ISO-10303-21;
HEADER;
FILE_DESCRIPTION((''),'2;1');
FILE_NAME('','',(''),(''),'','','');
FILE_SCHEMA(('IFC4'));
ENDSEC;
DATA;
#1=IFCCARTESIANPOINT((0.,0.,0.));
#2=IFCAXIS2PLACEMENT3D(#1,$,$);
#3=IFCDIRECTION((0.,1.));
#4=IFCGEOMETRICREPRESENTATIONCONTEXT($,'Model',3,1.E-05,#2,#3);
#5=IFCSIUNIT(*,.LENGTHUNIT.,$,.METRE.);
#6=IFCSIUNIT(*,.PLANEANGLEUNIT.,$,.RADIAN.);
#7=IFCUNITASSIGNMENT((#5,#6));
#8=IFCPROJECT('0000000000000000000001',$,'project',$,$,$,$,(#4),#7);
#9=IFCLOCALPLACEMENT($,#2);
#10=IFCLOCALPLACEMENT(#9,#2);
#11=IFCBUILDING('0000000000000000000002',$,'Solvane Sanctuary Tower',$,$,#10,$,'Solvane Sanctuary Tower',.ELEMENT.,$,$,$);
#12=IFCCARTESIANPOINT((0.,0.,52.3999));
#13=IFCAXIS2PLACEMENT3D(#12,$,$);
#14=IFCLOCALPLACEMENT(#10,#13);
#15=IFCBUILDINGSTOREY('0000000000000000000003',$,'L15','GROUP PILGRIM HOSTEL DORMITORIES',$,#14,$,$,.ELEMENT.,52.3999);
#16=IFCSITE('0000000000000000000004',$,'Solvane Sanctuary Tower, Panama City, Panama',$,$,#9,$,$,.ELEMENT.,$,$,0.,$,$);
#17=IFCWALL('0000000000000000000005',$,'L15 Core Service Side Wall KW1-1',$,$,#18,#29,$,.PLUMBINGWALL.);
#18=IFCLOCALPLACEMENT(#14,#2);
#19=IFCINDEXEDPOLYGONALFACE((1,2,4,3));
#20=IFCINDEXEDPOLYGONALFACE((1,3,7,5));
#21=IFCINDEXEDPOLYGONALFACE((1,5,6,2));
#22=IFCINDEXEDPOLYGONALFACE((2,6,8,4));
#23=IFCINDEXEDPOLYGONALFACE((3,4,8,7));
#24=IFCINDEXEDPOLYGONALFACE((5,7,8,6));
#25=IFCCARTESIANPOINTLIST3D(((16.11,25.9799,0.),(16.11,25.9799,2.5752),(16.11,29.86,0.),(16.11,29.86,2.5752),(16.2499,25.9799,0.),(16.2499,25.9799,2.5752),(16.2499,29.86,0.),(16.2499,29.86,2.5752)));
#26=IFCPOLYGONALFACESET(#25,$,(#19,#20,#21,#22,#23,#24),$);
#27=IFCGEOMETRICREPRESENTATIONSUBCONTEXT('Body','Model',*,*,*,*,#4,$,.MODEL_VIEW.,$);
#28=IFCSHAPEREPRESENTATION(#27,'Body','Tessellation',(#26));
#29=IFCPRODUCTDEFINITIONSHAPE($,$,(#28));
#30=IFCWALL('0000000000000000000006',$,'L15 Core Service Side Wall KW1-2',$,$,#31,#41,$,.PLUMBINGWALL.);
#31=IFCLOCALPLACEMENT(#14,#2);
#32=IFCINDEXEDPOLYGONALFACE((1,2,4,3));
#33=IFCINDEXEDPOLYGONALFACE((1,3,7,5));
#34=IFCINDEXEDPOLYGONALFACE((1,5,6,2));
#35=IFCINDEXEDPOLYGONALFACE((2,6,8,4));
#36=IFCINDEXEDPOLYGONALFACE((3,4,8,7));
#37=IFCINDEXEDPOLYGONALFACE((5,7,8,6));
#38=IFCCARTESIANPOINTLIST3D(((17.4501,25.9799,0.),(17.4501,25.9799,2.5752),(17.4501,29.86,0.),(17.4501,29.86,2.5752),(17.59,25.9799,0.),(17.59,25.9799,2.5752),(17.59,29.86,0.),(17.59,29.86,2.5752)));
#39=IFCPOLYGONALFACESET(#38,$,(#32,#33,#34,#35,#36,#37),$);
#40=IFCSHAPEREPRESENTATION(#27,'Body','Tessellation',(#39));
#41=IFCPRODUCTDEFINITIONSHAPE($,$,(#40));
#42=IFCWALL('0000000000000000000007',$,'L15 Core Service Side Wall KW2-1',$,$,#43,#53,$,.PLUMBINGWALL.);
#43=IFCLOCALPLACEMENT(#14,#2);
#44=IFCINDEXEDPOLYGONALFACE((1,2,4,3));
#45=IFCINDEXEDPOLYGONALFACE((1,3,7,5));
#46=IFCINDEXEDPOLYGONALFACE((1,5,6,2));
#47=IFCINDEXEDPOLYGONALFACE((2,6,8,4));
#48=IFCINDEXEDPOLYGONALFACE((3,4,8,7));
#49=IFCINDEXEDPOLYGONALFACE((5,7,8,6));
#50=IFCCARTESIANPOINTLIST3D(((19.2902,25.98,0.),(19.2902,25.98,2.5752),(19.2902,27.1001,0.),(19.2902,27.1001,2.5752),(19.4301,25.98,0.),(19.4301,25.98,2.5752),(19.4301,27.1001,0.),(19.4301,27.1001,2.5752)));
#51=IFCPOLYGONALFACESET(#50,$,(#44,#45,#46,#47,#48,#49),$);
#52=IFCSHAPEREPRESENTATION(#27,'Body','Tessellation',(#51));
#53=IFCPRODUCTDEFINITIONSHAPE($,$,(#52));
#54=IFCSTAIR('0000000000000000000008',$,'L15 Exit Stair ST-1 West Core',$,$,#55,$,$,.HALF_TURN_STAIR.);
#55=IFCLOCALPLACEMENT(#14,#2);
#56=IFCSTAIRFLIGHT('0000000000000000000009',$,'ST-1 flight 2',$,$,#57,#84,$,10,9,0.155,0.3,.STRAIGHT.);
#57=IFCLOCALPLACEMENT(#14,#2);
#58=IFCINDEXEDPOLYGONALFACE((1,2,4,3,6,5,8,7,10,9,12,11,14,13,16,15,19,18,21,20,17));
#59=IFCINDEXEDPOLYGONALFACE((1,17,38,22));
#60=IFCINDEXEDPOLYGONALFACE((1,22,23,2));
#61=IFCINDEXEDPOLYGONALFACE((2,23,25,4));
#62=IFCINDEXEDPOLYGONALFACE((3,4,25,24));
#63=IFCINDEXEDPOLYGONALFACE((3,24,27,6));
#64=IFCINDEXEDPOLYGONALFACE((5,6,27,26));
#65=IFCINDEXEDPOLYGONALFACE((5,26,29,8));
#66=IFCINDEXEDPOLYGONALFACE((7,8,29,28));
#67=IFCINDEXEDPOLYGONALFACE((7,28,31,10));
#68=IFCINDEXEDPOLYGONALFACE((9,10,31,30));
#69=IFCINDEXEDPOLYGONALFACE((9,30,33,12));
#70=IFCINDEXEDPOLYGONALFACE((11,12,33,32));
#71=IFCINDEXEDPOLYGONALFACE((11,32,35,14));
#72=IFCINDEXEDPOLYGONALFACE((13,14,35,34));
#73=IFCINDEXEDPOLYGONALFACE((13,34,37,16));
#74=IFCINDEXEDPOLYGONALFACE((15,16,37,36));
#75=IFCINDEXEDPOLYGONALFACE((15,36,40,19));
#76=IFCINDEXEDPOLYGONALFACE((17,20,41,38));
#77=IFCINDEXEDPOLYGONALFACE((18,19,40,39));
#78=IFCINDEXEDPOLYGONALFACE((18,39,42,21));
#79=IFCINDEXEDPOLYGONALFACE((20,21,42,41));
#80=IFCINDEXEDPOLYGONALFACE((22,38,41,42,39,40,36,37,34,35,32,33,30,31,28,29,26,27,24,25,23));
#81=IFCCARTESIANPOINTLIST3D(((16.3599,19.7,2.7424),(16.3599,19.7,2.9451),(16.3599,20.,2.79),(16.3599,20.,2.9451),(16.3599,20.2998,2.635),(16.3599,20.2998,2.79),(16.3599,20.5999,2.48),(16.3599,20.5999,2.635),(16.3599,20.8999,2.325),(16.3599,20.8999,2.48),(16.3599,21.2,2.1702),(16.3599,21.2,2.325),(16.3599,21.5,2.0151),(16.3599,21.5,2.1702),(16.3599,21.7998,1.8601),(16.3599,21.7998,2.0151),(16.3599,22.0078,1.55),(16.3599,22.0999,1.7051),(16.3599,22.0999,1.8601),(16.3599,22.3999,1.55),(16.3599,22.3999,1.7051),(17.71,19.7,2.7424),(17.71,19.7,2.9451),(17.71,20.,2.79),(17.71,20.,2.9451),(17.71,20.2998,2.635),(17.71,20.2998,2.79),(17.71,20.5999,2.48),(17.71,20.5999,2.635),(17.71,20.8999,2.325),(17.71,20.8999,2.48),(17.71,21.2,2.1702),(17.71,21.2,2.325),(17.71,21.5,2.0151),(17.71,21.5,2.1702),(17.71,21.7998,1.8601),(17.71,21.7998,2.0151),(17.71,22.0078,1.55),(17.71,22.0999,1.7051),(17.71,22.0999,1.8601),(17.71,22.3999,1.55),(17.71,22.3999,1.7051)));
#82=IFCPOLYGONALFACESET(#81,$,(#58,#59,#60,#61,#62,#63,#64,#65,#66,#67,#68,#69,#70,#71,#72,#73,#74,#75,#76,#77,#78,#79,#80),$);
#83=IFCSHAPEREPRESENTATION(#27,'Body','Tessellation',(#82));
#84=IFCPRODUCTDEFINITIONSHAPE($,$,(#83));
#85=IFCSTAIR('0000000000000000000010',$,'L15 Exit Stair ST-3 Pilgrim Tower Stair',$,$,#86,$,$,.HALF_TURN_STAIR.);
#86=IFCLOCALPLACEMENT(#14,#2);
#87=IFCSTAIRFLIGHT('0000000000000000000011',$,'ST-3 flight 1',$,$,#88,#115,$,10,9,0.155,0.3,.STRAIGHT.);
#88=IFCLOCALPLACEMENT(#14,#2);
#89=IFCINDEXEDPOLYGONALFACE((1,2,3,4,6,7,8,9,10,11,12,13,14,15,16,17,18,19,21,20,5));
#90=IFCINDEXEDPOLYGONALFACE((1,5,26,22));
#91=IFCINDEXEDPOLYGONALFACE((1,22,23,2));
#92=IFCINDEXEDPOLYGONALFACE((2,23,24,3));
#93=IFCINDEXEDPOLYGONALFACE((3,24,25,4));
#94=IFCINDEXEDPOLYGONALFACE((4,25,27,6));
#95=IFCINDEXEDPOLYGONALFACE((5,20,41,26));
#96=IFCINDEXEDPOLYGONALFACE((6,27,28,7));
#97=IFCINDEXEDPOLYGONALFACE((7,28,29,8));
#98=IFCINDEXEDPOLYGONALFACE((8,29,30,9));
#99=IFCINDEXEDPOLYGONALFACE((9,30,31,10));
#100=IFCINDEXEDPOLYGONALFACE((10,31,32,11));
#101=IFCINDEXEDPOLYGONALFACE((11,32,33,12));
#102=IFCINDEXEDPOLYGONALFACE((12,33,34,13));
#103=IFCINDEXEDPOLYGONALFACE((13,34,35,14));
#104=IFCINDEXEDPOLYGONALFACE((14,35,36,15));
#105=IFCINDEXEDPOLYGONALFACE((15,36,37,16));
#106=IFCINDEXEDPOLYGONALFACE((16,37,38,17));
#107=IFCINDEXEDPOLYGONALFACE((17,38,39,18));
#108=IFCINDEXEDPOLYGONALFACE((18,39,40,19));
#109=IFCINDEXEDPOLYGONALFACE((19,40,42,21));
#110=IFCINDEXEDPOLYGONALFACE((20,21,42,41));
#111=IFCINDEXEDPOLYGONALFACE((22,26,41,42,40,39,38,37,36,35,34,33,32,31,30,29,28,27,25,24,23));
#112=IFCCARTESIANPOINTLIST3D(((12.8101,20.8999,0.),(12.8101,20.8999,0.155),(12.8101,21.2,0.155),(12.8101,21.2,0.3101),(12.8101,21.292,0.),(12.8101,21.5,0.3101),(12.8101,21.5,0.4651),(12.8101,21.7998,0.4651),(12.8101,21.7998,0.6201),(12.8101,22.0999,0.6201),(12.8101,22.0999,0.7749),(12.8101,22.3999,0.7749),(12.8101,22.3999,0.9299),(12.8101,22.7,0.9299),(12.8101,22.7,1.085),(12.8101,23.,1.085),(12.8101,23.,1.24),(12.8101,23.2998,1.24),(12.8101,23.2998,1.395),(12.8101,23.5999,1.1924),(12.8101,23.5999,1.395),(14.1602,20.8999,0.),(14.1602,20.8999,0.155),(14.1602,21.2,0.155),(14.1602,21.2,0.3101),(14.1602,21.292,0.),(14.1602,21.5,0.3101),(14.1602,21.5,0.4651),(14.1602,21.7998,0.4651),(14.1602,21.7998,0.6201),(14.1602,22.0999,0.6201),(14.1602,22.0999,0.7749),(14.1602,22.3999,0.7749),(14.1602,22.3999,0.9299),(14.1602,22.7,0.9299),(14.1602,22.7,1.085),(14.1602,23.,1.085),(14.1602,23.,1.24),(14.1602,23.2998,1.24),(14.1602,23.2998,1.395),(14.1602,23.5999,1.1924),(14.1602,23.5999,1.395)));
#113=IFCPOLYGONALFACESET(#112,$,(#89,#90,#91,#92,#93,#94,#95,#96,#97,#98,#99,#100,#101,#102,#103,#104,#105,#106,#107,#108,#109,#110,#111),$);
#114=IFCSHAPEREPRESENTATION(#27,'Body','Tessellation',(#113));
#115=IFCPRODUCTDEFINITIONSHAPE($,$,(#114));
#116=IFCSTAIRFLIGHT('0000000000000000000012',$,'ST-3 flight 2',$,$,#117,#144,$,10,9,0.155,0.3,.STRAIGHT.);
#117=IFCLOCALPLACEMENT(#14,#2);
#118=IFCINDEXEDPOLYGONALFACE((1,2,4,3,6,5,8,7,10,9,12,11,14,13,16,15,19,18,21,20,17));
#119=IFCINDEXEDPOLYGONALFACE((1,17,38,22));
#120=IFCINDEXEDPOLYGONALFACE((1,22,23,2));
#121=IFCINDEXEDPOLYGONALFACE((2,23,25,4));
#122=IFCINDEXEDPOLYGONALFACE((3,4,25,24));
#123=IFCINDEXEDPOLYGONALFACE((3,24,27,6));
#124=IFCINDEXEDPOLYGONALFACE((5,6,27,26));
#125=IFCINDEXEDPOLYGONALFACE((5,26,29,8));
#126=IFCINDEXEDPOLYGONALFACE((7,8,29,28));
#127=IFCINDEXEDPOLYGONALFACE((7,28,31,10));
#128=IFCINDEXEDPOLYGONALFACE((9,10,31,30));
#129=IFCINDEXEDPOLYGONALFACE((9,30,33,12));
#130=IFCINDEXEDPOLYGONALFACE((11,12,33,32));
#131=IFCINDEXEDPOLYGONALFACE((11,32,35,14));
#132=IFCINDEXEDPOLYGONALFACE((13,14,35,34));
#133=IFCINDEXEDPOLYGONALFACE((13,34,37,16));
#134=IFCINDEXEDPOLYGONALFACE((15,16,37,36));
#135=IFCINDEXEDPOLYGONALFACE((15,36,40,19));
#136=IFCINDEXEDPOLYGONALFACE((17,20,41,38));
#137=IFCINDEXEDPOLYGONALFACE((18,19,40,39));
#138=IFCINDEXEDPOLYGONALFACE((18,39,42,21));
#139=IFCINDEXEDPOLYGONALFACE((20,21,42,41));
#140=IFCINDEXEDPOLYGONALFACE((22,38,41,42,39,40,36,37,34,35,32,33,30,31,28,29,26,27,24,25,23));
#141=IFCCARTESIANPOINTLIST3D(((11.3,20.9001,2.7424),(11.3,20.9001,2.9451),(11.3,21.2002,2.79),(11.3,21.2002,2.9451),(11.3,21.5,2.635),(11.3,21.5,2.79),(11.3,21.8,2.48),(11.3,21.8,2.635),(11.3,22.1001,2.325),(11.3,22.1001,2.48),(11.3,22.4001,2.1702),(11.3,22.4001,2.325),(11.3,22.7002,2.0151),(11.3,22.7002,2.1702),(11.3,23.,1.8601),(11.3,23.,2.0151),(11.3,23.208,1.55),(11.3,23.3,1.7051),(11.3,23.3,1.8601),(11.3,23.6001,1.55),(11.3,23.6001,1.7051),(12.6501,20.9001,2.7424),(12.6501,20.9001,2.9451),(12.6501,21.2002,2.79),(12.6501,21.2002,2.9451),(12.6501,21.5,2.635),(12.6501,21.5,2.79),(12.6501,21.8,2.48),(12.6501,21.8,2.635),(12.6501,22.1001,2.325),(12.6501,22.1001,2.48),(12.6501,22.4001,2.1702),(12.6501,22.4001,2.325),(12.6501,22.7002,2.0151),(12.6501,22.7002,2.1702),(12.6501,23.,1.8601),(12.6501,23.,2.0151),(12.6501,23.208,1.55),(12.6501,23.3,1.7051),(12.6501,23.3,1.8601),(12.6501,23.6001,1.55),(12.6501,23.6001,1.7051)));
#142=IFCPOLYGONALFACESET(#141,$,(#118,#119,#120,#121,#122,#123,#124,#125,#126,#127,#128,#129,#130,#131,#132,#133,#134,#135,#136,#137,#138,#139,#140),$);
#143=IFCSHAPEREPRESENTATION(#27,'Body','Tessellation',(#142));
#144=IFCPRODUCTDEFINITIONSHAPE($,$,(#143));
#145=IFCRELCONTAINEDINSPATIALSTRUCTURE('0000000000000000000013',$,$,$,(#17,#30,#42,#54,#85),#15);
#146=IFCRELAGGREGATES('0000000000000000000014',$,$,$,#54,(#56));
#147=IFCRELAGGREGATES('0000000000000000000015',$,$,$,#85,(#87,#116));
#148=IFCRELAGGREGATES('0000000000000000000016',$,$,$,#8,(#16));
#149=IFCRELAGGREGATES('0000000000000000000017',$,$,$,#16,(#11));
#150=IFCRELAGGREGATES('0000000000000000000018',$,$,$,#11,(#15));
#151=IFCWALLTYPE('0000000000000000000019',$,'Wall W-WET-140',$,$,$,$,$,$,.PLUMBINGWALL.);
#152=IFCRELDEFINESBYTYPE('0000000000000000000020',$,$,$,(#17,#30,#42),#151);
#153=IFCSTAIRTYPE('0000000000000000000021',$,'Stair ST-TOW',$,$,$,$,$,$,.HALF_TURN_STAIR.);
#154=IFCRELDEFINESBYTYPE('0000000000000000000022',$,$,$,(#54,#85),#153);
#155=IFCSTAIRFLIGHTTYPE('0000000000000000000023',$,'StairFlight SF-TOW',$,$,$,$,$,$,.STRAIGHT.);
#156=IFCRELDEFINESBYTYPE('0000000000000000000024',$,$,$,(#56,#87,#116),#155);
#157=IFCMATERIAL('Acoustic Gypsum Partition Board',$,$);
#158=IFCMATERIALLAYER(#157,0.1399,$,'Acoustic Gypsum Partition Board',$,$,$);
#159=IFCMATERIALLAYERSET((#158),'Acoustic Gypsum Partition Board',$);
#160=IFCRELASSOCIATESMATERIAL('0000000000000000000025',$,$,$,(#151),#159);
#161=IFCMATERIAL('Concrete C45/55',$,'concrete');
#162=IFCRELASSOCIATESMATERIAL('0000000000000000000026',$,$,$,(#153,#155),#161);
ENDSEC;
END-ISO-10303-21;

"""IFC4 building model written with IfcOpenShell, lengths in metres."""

from ifc_helpers import new_model, si_unit, direction, frame, frame_2d, origin, place, context, subcontext, project, spatial, polyline, rectangle, outline, extrude, material, layer, layer_set, type_object, element, aggregate, save


model = new_model("IFC4")

# Units and contexts
model_context = context("Model", 3, precision=1e-05, world=origin(), true_north=direction((0.0, 1.0)))
body_context = subcontext(model_context, "Body", "Model", "MODEL_VIEW")
ifc_project = project(units=[si_unit("LENGTHUNIT", "METRE"), si_unit("PLANEANGLEUNIT", "RADIAN")], contexts=[model_context])

# Site, building, storey
site_placement = place(None, origin())
site = spatial("IfcSite", under=ifc_project, at=site_placement, Name="Solvane Sanctuary Tower, Panama City, Panama", CompositionType="ELEMENT", RefElevation=0.0)
building_placement = place(site_placement, origin())
building = spatial("IfcBuilding", under=site, at=building_placement, Name="Solvane Sanctuary Tower", LongName="Solvane Sanctuary Tower", CompositionType="ELEMENT")
storey_placement = place(building_placement, frame((0.0, 0.0, 52.3999)))
storey = spatial("IfcBuildingStorey", under=building, at=storey_placement, Name="L15", Description="GROUP PILGRIM HOSTEL DORMITORIES", CompositionType="ELEMENT", Elevation=52.3999)

# Shared definitions
ifc_material_1 = material(Name="Acoustic Gypsum Partition Board")

# Walls
ifc_layer_1 = layer(ifc_material_1, 0.1399, Name="Acoustic Gypsum Partition Board")
ifc_layer_set_1 = layer_set([ifc_layer_1], Name="Acoustic Gypsum Partition Board")
wall_type_1 = type_object("IfcWallType", Name="Wall W-WET-140", PredefinedType="PLUMBINGWALL", material=ifc_layer_set_1)
for number, where, z_axis, x_axis, name in (
    (1, (16.1799, 25.98, 0.0), (0.0, 0.0, 1.0), (0.0, 1.0, 0.0), "L15 Core Service Side Wall KW1-1"),
    (2, (17.52, 25.98, 0.0), (0.0, 0.0, 1.0), (0.0, 1.0, 0.0), "L15 Core Service Side Wall KW1-2"),
):
    element("IfcWall", number, at=place(storey_placement, frame(where, z_axis=z_axis, x_axis=x_axis)), inside=storey, type_object=wall_type_1, Name=name, PredefinedType="PLUMBINGWALL", context=body_context, shape_type="SweptSolid", body=[
        extrude(rectangle(XDim=3.8801, YDim=0.1399, at=frame_2d((1.9399, 0.0))), origin(), (0.0, 0.0, 1.0), 2.5752),
    ])
wall_1_placement = place(storey_placement, frame((19.3601, 25.98, 0.0), z_axis=(0.0, 0.0, 1.0), x_axis=(0.0, 1.0, 0.0)))
element("IfcWall", 3, at=wall_1_placement, inside=storey, type_object=wall_type_1, Name="L15 Core Service Side Wall KW2-1", PredefinedType="PLUMBINGWALL", context=body_context, shape_type="SweptSolid", body=[
    extrude(rectangle(XDim=1.1201, YDim=0.1399, at=frame_2d((0.5601, 0.0))), origin(), (0.0, 0.0, 1.0), 2.5752),
])

# Stair, stair flight
ifc_material_2 = material(Name="Concrete C45/55", Category="concrete")
stair_type = type_object("IfcStairType", Name="Stair ST-TOW", PredefinedType="HALF_TURN_STAIR", material=ifc_material_2)
stair_1_placement = place(storey_placement, origin())
stair_1 = element("IfcStair", 4, at=stair_1_placement, inside=storey, type_object=stair_type, Name="L15 Exit Stair ST-1 West Core", PredefinedType="HALF_TURN_STAIR")
stair_flight_type = type_object("IfcStairFlightType", Name="StairFlight SF-TOW", PredefinedType="STRAIGHT", material=ifc_material_2)
stair_flight_1_placement = place(storey_placement, frame((17.0349, 22.3999, 1.55), z_axis=(0.0, 0.0, 1.0), x_axis=(0.0, -1.0, 0.0)))
stair_flight_1 = element("IfcStairFlight", 5, at=stair_flight_1_placement, type_object=stair_flight_type, Name="ST-1 flight 2", NumberOfRisers=10, NumberOfTreads=9, PredefinedType="STRAIGHT", RiserHeight=0.155, TreadLength=0.3, context=body_context, shape_type="SweptSolid", body=[
    extrude(outline(polyline([(0.0, 0.0), (0.0, 0.155), (0.3, 0.155), (0.3, 0.3101), (0.6001, 0.3101), (0.6001, 0.4651), (0.8999, 0.4651), (0.8999, 0.6201), (1.2, 0.6201), (1.2, 0.7749), (1.5, 0.7749), (1.5, 0.9299), (1.8, 0.9299), (1.8, 1.085), (2.1001, 1.085), (2.1001, 1.24), (2.3999, 1.24), (2.3999, 1.395), (2.7, 1.395), (2.7, 1.55), (2.7, 1.1924), (0.3921, 0.0), (0.0, 0.0)])), frame((0.0, 0.675, 0.0), z_axis=(0.0, -1.0, 0.0), x_axis=(1.0, 0.0, 0.0)), (0.0, 0.0, 1.0), 1.3501),
])
aggregate(stair_1, [stair_flight_1])

# Stair, stair flights
stair_2_placement = place(storey_placement, origin())
stair_2 = element("IfcStair", 6, at=stair_2_placement, inside=storey, type_object=stair_type, Name="L15 Exit Stair ST-3 Pilgrim Tower Stair", PredefinedType="HALF_TURN_STAIR")
stair_flight_2_placement = place(storey_placement, frame((13.4851, 20.8999, 0.0), z_axis=(0.0, 0.0, 1.0), x_axis=(0.0, 1.0, 0.0)))
stair_flight_2 = element("IfcStairFlight", 7, at=stair_flight_2_placement, type_object=stair_flight_type, Name="ST-3 flight 1", NumberOfRisers=10, NumberOfTreads=9, PredefinedType="STRAIGHT", RiserHeight=0.155, TreadLength=0.3, context=body_context, shape_type="SweptSolid", body=[
    extrude(outline(polyline([(0.0, 0.0), (0.0, 0.155), (0.3, 0.155), (0.3, 0.3101), (0.6001, 0.3101), (0.6001, 0.4651), (0.8999, 0.4651), (0.8999, 0.6201), (1.2, 0.6201), (1.2, 0.7749), (1.5, 0.7749), (1.5, 0.9299), (1.8, 0.9299), (1.8, 1.085), (2.1001, 1.085), (2.1001, 1.24), (2.3999, 1.24), (2.3999, 1.395), (2.7, 1.395), (2.7, 1.55), (2.7, 1.1924), (0.3921, 0.0), (0.0, 0.0)])), frame((0.0, 0.675, 0.0), z_axis=(0.0, -1.0, 0.0), x_axis=(1.0, 0.0, 0.0)), (0.0, 0.0, 1.0), 1.3501),
])
stair_flight_3_placement = place(storey_placement, frame((11.9751, 23.6001, 1.55), z_axis=(0.0, 0.0, 1.0), x_axis=(0.0, -1.0, 0.0)))
stair_flight_3 = element("IfcStairFlight", 8, at=stair_flight_3_placement, type_object=stair_flight_type, Name="ST-3 flight 2", NumberOfRisers=10, NumberOfTreads=9, PredefinedType="STRAIGHT", RiserHeight=0.155, TreadLength=0.3, context=body_context, shape_type="SweptSolid", body=[
    extrude(outline(polyline([(0.0, 0.0), (0.0, 0.155), (0.3, 0.155), (0.3, 0.3101), (0.6001, 0.3101), (0.6001, 0.4651), (0.8999, 0.4651), (0.8999, 0.6201), (1.2, 0.6201), (1.2, 0.7749), (1.5, 0.7749), (1.5, 0.9299), (1.8, 0.9299), (1.8, 1.085), (2.1001, 1.085), (2.1001, 1.24), (2.3999, 1.24), (2.3999, 1.395), (2.7, 1.395), (2.7, 1.55), (2.7, 1.1924), (0.3921, 0.0), (0.0, 0.0)])), frame((0.0, 0.675, 0.0), z_axis=(0.0, -1.0, 0.0), x_axis=(1.0, 0.0, 0.0)), (0.0, 0.0, 1.0), 1.3501),
])
aggregate(stair_2, [stair_flight_2, stair_flight_3])

save(model, "model.ifc")
